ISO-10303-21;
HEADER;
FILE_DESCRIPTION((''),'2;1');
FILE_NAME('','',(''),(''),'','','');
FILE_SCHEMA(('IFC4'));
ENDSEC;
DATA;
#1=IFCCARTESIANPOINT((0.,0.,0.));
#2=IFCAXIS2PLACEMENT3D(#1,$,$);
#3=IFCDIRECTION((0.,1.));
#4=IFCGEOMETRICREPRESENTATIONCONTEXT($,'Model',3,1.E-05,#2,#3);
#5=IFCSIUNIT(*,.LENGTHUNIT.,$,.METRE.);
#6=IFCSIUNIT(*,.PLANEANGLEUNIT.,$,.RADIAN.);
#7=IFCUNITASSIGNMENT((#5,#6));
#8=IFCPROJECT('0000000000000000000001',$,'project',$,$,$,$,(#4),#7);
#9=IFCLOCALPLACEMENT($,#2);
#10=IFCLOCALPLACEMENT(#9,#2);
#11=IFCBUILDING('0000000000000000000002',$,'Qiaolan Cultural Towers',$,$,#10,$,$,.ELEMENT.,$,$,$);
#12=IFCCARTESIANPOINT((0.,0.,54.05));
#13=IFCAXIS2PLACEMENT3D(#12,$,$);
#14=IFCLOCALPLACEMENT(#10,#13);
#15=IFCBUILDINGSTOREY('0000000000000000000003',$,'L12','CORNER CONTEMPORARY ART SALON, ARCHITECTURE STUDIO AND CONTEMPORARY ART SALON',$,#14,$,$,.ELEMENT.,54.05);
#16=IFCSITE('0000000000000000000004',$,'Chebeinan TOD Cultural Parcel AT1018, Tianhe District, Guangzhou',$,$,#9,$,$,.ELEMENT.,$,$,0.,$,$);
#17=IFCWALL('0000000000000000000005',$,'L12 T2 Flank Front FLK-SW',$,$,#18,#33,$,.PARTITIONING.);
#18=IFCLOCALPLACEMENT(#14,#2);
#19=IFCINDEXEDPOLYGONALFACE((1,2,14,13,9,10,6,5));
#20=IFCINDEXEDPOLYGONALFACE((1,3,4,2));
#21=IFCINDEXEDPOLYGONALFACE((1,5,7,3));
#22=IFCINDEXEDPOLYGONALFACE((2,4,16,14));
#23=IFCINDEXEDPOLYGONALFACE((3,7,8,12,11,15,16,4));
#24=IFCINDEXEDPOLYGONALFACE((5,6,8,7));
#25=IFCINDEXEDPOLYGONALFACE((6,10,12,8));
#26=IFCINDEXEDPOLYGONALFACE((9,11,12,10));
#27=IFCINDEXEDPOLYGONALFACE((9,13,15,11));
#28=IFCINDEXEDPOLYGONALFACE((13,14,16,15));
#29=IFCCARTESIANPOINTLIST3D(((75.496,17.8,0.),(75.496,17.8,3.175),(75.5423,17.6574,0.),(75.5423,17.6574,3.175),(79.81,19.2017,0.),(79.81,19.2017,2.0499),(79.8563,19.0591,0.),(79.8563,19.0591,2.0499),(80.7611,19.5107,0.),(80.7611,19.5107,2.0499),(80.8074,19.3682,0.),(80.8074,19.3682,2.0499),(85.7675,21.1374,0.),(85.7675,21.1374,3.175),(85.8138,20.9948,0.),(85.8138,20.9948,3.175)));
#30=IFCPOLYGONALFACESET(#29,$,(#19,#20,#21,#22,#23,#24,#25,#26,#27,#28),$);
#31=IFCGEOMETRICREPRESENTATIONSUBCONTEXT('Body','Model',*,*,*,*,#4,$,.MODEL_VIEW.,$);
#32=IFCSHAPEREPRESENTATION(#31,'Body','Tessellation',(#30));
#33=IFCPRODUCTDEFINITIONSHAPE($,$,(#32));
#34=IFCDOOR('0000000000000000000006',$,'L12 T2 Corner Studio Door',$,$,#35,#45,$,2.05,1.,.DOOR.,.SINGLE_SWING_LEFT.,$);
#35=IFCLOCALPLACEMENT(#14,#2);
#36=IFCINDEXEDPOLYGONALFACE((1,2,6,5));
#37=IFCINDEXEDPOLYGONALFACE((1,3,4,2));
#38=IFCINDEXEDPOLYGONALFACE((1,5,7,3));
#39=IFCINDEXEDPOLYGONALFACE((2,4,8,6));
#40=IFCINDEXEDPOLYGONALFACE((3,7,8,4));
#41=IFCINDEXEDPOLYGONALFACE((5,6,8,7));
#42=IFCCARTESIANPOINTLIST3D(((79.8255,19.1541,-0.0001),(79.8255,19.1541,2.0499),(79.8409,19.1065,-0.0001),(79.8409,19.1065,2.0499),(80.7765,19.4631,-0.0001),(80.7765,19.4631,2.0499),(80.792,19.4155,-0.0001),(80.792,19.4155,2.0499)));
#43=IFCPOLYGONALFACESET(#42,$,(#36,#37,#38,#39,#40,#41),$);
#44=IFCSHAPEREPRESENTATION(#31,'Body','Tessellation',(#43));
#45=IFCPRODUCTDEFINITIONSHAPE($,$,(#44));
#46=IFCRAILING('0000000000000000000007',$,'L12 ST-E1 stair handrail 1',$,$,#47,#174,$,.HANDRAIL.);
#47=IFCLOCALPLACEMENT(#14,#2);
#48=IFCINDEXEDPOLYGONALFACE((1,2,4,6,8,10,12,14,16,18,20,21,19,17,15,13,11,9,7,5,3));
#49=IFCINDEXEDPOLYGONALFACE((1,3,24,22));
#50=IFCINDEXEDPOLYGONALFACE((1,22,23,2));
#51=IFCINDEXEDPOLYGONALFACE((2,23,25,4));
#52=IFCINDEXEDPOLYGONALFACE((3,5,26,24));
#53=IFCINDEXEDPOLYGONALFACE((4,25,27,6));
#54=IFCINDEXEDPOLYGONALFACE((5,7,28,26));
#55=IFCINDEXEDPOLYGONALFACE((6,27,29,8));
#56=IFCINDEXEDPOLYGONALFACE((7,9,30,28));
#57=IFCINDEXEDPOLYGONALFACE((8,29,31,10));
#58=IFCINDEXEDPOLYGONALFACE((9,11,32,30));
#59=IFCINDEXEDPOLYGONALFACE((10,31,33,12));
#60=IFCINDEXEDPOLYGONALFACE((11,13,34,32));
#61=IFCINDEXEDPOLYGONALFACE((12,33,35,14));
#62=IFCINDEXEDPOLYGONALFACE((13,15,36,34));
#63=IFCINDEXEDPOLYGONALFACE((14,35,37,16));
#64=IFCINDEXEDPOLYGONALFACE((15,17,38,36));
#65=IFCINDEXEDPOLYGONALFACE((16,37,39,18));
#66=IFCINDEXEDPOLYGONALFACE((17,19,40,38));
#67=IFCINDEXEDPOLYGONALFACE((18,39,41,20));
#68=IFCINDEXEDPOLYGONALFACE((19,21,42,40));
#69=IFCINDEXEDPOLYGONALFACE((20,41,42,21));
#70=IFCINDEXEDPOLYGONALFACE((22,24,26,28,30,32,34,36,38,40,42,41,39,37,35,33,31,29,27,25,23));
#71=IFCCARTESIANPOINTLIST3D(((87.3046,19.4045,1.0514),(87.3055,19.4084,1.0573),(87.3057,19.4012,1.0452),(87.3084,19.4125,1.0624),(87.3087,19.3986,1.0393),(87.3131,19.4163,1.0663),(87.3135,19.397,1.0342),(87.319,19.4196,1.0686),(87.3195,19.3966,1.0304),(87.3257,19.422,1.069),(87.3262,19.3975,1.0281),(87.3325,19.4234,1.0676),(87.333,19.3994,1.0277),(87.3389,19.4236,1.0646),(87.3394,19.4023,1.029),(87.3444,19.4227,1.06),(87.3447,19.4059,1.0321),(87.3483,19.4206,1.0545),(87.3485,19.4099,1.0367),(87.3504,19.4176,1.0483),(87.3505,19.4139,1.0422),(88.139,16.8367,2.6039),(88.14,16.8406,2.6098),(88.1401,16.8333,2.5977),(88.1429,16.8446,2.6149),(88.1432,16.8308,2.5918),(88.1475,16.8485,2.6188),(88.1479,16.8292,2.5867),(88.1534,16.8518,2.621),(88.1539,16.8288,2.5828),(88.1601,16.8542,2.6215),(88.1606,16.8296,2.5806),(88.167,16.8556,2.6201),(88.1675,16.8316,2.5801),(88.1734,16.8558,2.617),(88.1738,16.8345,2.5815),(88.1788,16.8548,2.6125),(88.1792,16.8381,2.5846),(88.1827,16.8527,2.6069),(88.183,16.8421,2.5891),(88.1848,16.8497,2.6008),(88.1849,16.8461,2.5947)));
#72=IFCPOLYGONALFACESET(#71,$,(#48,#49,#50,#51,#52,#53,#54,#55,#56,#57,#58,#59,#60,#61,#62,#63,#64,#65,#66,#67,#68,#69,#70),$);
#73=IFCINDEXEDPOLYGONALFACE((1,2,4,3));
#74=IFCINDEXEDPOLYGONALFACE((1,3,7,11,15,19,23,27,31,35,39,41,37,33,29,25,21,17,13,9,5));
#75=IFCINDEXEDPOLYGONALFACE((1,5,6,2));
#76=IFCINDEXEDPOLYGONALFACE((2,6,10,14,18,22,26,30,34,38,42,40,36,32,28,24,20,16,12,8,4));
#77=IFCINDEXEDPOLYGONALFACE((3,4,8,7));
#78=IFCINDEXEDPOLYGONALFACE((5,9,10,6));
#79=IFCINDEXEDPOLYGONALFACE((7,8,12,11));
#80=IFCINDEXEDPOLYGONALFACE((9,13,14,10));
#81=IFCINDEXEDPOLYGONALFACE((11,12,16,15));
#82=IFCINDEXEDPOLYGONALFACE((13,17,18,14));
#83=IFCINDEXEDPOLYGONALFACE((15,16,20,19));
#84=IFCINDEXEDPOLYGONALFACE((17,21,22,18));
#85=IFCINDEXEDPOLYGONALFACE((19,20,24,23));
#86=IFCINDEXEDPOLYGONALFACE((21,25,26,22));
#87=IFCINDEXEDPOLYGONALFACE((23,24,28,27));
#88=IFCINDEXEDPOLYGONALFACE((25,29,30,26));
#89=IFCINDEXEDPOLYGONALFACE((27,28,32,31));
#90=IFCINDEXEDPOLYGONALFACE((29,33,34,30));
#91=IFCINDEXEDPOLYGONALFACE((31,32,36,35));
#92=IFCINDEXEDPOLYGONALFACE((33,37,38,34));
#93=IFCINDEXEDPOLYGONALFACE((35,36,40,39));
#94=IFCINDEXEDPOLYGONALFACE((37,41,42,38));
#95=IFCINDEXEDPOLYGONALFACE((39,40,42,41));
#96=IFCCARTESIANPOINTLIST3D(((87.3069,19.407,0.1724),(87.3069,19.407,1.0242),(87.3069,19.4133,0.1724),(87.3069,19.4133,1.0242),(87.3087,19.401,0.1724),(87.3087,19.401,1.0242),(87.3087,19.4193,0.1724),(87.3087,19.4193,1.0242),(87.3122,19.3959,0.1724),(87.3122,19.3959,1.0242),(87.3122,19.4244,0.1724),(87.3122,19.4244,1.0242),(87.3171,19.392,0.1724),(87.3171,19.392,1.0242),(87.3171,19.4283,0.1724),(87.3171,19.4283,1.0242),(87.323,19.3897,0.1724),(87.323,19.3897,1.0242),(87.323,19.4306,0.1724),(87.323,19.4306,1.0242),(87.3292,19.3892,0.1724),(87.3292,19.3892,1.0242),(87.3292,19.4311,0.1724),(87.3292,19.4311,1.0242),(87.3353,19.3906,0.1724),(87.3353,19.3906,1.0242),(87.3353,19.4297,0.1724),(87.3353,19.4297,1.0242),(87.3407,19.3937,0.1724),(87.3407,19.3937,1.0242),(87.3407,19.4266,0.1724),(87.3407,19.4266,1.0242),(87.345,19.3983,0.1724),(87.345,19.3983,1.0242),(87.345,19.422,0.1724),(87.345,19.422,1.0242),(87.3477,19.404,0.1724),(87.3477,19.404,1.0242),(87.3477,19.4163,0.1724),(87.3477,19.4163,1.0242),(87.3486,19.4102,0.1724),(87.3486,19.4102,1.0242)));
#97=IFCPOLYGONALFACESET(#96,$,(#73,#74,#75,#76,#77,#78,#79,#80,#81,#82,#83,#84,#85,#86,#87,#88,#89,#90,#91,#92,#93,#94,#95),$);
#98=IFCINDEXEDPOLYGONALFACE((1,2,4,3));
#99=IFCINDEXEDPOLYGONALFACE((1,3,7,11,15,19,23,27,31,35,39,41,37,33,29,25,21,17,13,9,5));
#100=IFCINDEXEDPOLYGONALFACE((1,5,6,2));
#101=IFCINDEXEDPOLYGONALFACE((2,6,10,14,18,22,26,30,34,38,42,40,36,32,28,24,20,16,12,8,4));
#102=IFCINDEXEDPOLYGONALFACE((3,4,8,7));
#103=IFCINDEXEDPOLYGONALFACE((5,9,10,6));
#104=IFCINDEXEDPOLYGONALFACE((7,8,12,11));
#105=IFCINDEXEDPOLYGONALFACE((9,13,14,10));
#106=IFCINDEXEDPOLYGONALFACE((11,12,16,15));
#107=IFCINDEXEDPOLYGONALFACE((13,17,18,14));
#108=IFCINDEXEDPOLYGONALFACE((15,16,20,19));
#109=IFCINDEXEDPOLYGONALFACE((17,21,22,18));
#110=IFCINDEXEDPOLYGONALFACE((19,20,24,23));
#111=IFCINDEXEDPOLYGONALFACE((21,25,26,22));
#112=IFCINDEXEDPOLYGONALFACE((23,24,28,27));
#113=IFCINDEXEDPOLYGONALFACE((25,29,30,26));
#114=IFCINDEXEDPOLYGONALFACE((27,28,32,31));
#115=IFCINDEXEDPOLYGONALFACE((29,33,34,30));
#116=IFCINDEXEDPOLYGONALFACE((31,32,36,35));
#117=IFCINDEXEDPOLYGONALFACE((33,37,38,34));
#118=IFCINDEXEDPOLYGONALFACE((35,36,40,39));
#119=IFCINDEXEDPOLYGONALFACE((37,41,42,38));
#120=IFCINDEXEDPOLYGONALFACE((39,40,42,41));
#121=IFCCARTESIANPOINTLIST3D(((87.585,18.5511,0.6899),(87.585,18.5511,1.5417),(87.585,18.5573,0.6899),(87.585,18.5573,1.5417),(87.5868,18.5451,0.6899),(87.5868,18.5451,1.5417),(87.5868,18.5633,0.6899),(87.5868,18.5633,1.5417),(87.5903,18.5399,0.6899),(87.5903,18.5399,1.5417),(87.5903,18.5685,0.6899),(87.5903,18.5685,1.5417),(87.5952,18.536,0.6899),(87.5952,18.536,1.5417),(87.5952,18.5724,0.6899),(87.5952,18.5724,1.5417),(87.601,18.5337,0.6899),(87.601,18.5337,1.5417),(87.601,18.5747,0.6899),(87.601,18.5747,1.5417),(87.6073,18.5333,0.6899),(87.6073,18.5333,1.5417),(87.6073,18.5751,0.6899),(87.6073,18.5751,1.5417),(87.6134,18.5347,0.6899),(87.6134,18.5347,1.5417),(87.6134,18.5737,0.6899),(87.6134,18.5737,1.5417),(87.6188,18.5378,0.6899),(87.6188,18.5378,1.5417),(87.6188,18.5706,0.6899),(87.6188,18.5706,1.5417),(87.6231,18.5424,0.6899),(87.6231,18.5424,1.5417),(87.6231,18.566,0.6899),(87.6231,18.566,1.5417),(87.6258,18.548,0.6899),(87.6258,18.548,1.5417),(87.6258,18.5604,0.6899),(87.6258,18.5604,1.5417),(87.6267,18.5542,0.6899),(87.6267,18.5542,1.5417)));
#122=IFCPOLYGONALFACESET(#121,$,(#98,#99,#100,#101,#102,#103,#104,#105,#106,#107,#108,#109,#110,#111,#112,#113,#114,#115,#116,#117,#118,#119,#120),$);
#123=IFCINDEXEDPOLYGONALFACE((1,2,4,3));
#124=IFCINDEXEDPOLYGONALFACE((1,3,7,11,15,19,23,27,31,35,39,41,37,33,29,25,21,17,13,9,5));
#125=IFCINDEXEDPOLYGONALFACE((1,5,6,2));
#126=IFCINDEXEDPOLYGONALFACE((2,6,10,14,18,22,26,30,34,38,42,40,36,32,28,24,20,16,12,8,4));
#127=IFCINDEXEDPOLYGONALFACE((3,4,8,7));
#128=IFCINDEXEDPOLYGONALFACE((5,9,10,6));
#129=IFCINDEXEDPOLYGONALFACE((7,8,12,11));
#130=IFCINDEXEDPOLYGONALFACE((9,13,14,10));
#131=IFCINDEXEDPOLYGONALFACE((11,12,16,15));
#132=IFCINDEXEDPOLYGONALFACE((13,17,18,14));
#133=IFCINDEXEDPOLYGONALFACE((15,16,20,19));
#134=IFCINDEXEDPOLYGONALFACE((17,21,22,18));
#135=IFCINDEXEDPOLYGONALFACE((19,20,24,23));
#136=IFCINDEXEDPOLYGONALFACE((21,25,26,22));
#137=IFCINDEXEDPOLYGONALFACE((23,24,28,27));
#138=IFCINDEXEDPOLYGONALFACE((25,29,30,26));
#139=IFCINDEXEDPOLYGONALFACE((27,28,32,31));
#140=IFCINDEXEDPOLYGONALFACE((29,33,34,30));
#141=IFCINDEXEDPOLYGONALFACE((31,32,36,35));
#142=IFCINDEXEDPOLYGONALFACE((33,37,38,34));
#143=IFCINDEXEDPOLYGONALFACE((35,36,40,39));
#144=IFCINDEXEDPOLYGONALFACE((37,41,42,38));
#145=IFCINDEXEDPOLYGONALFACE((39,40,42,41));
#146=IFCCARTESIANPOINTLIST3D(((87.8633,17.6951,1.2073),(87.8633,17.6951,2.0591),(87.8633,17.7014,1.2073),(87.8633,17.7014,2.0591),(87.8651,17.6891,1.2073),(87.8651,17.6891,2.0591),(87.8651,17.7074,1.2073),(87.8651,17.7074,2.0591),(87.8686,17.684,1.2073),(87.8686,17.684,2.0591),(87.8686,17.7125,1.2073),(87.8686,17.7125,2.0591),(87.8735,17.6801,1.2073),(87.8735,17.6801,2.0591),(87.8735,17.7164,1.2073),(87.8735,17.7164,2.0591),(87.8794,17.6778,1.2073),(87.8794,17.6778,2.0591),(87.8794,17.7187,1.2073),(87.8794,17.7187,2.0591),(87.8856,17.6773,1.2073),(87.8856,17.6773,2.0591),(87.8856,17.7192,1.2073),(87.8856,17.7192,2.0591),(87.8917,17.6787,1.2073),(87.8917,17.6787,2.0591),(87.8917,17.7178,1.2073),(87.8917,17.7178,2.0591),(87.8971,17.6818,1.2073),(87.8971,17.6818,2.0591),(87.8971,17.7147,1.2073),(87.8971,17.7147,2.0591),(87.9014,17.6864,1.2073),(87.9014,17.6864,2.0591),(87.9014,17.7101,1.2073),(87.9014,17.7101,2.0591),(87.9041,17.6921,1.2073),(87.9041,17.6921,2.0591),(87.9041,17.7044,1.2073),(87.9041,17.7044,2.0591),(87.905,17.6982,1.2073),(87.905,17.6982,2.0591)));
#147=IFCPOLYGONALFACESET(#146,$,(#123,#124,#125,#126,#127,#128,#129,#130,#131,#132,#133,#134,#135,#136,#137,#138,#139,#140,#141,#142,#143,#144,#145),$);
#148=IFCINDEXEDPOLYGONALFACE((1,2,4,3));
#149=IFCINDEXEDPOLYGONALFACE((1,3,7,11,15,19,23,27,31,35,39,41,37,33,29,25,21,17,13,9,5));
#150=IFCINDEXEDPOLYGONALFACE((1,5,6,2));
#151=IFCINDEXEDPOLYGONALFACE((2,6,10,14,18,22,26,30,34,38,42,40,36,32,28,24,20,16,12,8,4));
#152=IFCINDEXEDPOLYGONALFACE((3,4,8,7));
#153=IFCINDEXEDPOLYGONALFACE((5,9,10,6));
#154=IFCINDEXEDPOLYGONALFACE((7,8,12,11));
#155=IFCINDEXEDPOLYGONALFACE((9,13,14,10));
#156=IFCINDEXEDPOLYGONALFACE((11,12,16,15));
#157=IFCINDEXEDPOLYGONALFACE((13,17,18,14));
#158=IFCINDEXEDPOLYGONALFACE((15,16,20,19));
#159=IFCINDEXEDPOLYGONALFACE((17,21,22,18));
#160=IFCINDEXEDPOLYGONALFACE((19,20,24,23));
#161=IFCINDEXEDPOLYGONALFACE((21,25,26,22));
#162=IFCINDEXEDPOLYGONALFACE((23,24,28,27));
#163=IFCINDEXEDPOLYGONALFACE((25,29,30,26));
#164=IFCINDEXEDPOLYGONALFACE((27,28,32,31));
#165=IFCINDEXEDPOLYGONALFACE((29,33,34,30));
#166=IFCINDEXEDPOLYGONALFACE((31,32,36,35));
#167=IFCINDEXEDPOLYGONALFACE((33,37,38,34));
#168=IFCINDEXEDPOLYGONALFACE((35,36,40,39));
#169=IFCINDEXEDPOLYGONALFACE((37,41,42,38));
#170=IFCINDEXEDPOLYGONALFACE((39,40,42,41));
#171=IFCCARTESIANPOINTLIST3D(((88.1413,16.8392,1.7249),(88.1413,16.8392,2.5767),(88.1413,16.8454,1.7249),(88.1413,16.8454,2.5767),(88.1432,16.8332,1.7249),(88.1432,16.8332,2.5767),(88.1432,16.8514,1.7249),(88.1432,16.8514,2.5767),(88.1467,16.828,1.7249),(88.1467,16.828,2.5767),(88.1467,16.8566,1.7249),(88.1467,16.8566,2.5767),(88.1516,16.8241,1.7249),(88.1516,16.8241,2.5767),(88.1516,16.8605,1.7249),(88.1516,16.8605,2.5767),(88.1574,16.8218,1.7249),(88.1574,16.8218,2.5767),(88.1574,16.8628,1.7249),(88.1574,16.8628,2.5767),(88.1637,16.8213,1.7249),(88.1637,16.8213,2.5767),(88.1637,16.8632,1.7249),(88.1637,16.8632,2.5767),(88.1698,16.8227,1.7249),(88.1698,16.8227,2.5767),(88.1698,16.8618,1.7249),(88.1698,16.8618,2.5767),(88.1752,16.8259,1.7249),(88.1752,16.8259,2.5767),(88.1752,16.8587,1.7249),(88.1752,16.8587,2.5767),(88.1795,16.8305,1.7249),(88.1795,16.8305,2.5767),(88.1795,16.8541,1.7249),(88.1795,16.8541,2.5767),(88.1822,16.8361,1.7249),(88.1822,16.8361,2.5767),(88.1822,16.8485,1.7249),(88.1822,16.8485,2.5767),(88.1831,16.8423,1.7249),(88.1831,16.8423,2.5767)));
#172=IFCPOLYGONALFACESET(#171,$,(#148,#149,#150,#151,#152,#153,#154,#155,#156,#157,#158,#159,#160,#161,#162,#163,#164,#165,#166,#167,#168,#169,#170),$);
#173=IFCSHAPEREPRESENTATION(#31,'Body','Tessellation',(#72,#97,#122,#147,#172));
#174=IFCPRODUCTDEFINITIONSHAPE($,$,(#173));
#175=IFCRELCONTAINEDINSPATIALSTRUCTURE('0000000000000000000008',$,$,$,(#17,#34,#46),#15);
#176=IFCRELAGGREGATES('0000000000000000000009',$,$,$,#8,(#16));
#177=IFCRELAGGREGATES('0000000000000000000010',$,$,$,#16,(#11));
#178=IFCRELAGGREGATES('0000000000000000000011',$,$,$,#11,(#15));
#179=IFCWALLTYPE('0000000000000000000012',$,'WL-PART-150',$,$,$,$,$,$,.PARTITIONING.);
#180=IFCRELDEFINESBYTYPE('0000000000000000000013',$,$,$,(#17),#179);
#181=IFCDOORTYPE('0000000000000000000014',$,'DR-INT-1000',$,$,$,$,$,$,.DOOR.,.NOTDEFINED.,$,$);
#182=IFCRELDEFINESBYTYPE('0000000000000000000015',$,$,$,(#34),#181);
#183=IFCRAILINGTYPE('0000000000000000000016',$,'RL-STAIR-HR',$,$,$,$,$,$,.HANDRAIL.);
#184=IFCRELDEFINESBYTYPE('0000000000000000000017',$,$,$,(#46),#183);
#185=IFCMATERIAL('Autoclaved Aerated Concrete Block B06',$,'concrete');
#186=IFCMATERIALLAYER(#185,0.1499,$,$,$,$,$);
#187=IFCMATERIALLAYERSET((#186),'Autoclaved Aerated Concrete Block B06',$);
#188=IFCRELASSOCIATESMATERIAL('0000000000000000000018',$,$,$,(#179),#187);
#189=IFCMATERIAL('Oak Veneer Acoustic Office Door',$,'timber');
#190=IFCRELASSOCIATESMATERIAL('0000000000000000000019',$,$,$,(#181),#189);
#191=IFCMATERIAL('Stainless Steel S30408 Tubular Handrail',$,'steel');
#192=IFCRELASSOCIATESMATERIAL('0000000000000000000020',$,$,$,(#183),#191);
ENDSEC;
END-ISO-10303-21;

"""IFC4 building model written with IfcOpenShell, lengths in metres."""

from ifc_helpers import new_model, si_unit, direction, frame, frame_2d, origin, origin_2d, place, context, subcontext, project, spatial, rectangle, circle, extrude, material, layer, layer_set, type_object, element, fill, save


model = new_model("IFC4")

# Units and contexts
model_context = context("Model", 3, precision=1e-05, world=origin(), true_north=direction((0.0, 1.0)))
body_context = subcontext(model_context, "Body", "Model", "MODEL_VIEW")
ifc_project = project(units=[si_unit("LENGTHUNIT", "METRE"), si_unit("PLANEANGLEUNIT", "RADIAN")], contexts=[model_context])

# Site, building, storey
site_placement = place(None, origin())
site = spatial("IfcSite", under=ifc_project, at=site_placement, Name="Chebeinan TOD Cultural Parcel AT1018, Tianhe District, Guangzhou", CompositionType="ELEMENT", RefElevation=0.0)
building_placement = place(site_placement, origin())
building = spatial("IfcBuilding", under=site, at=building_placement, Name="Qiaolan Cultural Towers", CompositionType="ELEMENT")
storey_placement = place(building_placement, frame((0.0, 0.0, 54.05)))
storey = spatial("IfcBuildingStorey", under=building, at=storey_placement, Name="L12", Description="CORNER CONTEMPORARY ART SALON, ARCHITECTURE STUDIO AND CONTEMPORARY ART SALON", CompositionType="ELEMENT", Elevation=54.05)

# Shared definitions
ifc_material_1 = material(Name="Autoclaved Aerated Concrete Block B06", Category="concrete")
ifc_layer_1 = layer(ifc_material_1, 0.1499)
ifc_layer_set_1 = layer_set([ifc_layer_1], Name="Autoclaved Aerated Concrete Block B06")
wall_type_1 = type_object("IfcWallType", Name="WL-PART-150", PredefinedType="PARTITIONING", material=ifc_layer_set_1)

# Wall, opening, door
wall_1_placement = place(storey_placement, frame((75.5193, 17.7288, 0.0), z_axis=(0.0, 0.0, 1.0), x_axis=(0.951057, 0.309017, 0.0)))
wall_1 = element("IfcWall", 1, at=wall_1_placement, inside=storey, type_object=wall_type_1, Name="L12 T2 Flank Front FLK-SW", PredefinedType="PARTITIONING", context=body_context, shape_type="SweptSolid", body=[
    extrude(rectangle(XDim=10.8, YDim=0.1499, at=frame_2d((5.3999, 0.0))), origin(), (0.0, 0.0, 1.0), 3.175),
])
opening_1_placement = place(wall_1_placement, frame((4.5359, 0.0, 0.0)))
opening_1 = element("IfcOpeningElement", 2, at=opening_1_placement, cuts=wall_1, PredefinedType="OPENING", context=body_context, shape_type="SweptSolid", body=[
    extrude(rectangle(XDim=1.0, YDim=2.05, at=frame_2d((0.5, 1.0249))), frame((0.0, 0.085, 0.0), z_axis=(0.0, -1.0, 0.0), x_axis=(1.0, 0.0, 0.0)), (0.0, 0.0, 1.0), 0.1699),
])
ifc_material_2 = material(Name="Oak Veneer Acoustic Office Door", Category="timber")
door_type = type_object("IfcDoorType", Name="DR-INT-1000", OperationType="NOTDEFINED", PredefinedType="DOOR", material=ifc_material_2)
door_placement = place(opening_1_placement, origin())
door = element("IfcDoor", 3, at=door_placement, inside=storey, type_object=door_type, Name="L12 T2 Corner Studio Door", OperationType="SINGLE_SWING_LEFT", OverallHeight=2.05, OverallWidth=1.0, PredefinedType="DOOR", context=body_context, shape_type="SweptSolid", body=[
    extrude(rectangle(XDim=1.0, YDim=2.05, at=frame_2d((0.5, 1.0249))), frame((0.0, 0.0249, 0.0), z_axis=(0.0, -1.0, 0.0), x_axis=(1.0, 0.0, 0.0)), (0.0, 0.0, 1.0), 0.05),
])
fill(opening_1, door)

# Railing
ifc_material_3 = material(Name="Stainless Steel S30408 Tubular Handrail", Category="steel")
railing_type = type_object("IfcRailingType", Name="RL-STAIR-HR", PredefinedType="HANDRAIL", material=ifc_material_3)
railing_placement = place(storey_placement, frame((87.3276, 19.4102, 0.1724)))
element("IfcRailing", 4, at=railing_placement, inside=storey, type_object=railing_type, Name="L12 ST-E1 stair handrail 1", PredefinedType="HANDRAIL", context=body_context, shape_type="SweptSolid", body=[
    extrude(circle(Radius=0.0239, at=origin_2d()), frame((0.0, 0.0, 0.876), z_axis=(0.267926, -0.824471, 0.498461), x_axis=(0.951043, 0.309057, 0.0)), (0.0, 0.0, 1.0), 3.1145),
    extrude(circle(Radius=0.021, at=origin_2d()), origin(), (0.0, 0.0, 1.0), 0.8518),
    extrude(circle(Radius=0.021, at=origin_2d()), frame((0.2781, -0.856, 0.5176)), (0.0, 0.0, 1.0), 0.8518),
    extrude(circle(Radius=0.021, at=origin_2d()), frame((0.5564, -1.7119, 1.0349)), (0.0, 0.0, 1.0), 0.8518),
    extrude(circle(Radius=0.021, at=origin_2d()), frame((0.8345, -2.5679, 1.5525)), (0.0, 0.0, 1.0), 0.8518),
])

save(model, "model.ifc")
